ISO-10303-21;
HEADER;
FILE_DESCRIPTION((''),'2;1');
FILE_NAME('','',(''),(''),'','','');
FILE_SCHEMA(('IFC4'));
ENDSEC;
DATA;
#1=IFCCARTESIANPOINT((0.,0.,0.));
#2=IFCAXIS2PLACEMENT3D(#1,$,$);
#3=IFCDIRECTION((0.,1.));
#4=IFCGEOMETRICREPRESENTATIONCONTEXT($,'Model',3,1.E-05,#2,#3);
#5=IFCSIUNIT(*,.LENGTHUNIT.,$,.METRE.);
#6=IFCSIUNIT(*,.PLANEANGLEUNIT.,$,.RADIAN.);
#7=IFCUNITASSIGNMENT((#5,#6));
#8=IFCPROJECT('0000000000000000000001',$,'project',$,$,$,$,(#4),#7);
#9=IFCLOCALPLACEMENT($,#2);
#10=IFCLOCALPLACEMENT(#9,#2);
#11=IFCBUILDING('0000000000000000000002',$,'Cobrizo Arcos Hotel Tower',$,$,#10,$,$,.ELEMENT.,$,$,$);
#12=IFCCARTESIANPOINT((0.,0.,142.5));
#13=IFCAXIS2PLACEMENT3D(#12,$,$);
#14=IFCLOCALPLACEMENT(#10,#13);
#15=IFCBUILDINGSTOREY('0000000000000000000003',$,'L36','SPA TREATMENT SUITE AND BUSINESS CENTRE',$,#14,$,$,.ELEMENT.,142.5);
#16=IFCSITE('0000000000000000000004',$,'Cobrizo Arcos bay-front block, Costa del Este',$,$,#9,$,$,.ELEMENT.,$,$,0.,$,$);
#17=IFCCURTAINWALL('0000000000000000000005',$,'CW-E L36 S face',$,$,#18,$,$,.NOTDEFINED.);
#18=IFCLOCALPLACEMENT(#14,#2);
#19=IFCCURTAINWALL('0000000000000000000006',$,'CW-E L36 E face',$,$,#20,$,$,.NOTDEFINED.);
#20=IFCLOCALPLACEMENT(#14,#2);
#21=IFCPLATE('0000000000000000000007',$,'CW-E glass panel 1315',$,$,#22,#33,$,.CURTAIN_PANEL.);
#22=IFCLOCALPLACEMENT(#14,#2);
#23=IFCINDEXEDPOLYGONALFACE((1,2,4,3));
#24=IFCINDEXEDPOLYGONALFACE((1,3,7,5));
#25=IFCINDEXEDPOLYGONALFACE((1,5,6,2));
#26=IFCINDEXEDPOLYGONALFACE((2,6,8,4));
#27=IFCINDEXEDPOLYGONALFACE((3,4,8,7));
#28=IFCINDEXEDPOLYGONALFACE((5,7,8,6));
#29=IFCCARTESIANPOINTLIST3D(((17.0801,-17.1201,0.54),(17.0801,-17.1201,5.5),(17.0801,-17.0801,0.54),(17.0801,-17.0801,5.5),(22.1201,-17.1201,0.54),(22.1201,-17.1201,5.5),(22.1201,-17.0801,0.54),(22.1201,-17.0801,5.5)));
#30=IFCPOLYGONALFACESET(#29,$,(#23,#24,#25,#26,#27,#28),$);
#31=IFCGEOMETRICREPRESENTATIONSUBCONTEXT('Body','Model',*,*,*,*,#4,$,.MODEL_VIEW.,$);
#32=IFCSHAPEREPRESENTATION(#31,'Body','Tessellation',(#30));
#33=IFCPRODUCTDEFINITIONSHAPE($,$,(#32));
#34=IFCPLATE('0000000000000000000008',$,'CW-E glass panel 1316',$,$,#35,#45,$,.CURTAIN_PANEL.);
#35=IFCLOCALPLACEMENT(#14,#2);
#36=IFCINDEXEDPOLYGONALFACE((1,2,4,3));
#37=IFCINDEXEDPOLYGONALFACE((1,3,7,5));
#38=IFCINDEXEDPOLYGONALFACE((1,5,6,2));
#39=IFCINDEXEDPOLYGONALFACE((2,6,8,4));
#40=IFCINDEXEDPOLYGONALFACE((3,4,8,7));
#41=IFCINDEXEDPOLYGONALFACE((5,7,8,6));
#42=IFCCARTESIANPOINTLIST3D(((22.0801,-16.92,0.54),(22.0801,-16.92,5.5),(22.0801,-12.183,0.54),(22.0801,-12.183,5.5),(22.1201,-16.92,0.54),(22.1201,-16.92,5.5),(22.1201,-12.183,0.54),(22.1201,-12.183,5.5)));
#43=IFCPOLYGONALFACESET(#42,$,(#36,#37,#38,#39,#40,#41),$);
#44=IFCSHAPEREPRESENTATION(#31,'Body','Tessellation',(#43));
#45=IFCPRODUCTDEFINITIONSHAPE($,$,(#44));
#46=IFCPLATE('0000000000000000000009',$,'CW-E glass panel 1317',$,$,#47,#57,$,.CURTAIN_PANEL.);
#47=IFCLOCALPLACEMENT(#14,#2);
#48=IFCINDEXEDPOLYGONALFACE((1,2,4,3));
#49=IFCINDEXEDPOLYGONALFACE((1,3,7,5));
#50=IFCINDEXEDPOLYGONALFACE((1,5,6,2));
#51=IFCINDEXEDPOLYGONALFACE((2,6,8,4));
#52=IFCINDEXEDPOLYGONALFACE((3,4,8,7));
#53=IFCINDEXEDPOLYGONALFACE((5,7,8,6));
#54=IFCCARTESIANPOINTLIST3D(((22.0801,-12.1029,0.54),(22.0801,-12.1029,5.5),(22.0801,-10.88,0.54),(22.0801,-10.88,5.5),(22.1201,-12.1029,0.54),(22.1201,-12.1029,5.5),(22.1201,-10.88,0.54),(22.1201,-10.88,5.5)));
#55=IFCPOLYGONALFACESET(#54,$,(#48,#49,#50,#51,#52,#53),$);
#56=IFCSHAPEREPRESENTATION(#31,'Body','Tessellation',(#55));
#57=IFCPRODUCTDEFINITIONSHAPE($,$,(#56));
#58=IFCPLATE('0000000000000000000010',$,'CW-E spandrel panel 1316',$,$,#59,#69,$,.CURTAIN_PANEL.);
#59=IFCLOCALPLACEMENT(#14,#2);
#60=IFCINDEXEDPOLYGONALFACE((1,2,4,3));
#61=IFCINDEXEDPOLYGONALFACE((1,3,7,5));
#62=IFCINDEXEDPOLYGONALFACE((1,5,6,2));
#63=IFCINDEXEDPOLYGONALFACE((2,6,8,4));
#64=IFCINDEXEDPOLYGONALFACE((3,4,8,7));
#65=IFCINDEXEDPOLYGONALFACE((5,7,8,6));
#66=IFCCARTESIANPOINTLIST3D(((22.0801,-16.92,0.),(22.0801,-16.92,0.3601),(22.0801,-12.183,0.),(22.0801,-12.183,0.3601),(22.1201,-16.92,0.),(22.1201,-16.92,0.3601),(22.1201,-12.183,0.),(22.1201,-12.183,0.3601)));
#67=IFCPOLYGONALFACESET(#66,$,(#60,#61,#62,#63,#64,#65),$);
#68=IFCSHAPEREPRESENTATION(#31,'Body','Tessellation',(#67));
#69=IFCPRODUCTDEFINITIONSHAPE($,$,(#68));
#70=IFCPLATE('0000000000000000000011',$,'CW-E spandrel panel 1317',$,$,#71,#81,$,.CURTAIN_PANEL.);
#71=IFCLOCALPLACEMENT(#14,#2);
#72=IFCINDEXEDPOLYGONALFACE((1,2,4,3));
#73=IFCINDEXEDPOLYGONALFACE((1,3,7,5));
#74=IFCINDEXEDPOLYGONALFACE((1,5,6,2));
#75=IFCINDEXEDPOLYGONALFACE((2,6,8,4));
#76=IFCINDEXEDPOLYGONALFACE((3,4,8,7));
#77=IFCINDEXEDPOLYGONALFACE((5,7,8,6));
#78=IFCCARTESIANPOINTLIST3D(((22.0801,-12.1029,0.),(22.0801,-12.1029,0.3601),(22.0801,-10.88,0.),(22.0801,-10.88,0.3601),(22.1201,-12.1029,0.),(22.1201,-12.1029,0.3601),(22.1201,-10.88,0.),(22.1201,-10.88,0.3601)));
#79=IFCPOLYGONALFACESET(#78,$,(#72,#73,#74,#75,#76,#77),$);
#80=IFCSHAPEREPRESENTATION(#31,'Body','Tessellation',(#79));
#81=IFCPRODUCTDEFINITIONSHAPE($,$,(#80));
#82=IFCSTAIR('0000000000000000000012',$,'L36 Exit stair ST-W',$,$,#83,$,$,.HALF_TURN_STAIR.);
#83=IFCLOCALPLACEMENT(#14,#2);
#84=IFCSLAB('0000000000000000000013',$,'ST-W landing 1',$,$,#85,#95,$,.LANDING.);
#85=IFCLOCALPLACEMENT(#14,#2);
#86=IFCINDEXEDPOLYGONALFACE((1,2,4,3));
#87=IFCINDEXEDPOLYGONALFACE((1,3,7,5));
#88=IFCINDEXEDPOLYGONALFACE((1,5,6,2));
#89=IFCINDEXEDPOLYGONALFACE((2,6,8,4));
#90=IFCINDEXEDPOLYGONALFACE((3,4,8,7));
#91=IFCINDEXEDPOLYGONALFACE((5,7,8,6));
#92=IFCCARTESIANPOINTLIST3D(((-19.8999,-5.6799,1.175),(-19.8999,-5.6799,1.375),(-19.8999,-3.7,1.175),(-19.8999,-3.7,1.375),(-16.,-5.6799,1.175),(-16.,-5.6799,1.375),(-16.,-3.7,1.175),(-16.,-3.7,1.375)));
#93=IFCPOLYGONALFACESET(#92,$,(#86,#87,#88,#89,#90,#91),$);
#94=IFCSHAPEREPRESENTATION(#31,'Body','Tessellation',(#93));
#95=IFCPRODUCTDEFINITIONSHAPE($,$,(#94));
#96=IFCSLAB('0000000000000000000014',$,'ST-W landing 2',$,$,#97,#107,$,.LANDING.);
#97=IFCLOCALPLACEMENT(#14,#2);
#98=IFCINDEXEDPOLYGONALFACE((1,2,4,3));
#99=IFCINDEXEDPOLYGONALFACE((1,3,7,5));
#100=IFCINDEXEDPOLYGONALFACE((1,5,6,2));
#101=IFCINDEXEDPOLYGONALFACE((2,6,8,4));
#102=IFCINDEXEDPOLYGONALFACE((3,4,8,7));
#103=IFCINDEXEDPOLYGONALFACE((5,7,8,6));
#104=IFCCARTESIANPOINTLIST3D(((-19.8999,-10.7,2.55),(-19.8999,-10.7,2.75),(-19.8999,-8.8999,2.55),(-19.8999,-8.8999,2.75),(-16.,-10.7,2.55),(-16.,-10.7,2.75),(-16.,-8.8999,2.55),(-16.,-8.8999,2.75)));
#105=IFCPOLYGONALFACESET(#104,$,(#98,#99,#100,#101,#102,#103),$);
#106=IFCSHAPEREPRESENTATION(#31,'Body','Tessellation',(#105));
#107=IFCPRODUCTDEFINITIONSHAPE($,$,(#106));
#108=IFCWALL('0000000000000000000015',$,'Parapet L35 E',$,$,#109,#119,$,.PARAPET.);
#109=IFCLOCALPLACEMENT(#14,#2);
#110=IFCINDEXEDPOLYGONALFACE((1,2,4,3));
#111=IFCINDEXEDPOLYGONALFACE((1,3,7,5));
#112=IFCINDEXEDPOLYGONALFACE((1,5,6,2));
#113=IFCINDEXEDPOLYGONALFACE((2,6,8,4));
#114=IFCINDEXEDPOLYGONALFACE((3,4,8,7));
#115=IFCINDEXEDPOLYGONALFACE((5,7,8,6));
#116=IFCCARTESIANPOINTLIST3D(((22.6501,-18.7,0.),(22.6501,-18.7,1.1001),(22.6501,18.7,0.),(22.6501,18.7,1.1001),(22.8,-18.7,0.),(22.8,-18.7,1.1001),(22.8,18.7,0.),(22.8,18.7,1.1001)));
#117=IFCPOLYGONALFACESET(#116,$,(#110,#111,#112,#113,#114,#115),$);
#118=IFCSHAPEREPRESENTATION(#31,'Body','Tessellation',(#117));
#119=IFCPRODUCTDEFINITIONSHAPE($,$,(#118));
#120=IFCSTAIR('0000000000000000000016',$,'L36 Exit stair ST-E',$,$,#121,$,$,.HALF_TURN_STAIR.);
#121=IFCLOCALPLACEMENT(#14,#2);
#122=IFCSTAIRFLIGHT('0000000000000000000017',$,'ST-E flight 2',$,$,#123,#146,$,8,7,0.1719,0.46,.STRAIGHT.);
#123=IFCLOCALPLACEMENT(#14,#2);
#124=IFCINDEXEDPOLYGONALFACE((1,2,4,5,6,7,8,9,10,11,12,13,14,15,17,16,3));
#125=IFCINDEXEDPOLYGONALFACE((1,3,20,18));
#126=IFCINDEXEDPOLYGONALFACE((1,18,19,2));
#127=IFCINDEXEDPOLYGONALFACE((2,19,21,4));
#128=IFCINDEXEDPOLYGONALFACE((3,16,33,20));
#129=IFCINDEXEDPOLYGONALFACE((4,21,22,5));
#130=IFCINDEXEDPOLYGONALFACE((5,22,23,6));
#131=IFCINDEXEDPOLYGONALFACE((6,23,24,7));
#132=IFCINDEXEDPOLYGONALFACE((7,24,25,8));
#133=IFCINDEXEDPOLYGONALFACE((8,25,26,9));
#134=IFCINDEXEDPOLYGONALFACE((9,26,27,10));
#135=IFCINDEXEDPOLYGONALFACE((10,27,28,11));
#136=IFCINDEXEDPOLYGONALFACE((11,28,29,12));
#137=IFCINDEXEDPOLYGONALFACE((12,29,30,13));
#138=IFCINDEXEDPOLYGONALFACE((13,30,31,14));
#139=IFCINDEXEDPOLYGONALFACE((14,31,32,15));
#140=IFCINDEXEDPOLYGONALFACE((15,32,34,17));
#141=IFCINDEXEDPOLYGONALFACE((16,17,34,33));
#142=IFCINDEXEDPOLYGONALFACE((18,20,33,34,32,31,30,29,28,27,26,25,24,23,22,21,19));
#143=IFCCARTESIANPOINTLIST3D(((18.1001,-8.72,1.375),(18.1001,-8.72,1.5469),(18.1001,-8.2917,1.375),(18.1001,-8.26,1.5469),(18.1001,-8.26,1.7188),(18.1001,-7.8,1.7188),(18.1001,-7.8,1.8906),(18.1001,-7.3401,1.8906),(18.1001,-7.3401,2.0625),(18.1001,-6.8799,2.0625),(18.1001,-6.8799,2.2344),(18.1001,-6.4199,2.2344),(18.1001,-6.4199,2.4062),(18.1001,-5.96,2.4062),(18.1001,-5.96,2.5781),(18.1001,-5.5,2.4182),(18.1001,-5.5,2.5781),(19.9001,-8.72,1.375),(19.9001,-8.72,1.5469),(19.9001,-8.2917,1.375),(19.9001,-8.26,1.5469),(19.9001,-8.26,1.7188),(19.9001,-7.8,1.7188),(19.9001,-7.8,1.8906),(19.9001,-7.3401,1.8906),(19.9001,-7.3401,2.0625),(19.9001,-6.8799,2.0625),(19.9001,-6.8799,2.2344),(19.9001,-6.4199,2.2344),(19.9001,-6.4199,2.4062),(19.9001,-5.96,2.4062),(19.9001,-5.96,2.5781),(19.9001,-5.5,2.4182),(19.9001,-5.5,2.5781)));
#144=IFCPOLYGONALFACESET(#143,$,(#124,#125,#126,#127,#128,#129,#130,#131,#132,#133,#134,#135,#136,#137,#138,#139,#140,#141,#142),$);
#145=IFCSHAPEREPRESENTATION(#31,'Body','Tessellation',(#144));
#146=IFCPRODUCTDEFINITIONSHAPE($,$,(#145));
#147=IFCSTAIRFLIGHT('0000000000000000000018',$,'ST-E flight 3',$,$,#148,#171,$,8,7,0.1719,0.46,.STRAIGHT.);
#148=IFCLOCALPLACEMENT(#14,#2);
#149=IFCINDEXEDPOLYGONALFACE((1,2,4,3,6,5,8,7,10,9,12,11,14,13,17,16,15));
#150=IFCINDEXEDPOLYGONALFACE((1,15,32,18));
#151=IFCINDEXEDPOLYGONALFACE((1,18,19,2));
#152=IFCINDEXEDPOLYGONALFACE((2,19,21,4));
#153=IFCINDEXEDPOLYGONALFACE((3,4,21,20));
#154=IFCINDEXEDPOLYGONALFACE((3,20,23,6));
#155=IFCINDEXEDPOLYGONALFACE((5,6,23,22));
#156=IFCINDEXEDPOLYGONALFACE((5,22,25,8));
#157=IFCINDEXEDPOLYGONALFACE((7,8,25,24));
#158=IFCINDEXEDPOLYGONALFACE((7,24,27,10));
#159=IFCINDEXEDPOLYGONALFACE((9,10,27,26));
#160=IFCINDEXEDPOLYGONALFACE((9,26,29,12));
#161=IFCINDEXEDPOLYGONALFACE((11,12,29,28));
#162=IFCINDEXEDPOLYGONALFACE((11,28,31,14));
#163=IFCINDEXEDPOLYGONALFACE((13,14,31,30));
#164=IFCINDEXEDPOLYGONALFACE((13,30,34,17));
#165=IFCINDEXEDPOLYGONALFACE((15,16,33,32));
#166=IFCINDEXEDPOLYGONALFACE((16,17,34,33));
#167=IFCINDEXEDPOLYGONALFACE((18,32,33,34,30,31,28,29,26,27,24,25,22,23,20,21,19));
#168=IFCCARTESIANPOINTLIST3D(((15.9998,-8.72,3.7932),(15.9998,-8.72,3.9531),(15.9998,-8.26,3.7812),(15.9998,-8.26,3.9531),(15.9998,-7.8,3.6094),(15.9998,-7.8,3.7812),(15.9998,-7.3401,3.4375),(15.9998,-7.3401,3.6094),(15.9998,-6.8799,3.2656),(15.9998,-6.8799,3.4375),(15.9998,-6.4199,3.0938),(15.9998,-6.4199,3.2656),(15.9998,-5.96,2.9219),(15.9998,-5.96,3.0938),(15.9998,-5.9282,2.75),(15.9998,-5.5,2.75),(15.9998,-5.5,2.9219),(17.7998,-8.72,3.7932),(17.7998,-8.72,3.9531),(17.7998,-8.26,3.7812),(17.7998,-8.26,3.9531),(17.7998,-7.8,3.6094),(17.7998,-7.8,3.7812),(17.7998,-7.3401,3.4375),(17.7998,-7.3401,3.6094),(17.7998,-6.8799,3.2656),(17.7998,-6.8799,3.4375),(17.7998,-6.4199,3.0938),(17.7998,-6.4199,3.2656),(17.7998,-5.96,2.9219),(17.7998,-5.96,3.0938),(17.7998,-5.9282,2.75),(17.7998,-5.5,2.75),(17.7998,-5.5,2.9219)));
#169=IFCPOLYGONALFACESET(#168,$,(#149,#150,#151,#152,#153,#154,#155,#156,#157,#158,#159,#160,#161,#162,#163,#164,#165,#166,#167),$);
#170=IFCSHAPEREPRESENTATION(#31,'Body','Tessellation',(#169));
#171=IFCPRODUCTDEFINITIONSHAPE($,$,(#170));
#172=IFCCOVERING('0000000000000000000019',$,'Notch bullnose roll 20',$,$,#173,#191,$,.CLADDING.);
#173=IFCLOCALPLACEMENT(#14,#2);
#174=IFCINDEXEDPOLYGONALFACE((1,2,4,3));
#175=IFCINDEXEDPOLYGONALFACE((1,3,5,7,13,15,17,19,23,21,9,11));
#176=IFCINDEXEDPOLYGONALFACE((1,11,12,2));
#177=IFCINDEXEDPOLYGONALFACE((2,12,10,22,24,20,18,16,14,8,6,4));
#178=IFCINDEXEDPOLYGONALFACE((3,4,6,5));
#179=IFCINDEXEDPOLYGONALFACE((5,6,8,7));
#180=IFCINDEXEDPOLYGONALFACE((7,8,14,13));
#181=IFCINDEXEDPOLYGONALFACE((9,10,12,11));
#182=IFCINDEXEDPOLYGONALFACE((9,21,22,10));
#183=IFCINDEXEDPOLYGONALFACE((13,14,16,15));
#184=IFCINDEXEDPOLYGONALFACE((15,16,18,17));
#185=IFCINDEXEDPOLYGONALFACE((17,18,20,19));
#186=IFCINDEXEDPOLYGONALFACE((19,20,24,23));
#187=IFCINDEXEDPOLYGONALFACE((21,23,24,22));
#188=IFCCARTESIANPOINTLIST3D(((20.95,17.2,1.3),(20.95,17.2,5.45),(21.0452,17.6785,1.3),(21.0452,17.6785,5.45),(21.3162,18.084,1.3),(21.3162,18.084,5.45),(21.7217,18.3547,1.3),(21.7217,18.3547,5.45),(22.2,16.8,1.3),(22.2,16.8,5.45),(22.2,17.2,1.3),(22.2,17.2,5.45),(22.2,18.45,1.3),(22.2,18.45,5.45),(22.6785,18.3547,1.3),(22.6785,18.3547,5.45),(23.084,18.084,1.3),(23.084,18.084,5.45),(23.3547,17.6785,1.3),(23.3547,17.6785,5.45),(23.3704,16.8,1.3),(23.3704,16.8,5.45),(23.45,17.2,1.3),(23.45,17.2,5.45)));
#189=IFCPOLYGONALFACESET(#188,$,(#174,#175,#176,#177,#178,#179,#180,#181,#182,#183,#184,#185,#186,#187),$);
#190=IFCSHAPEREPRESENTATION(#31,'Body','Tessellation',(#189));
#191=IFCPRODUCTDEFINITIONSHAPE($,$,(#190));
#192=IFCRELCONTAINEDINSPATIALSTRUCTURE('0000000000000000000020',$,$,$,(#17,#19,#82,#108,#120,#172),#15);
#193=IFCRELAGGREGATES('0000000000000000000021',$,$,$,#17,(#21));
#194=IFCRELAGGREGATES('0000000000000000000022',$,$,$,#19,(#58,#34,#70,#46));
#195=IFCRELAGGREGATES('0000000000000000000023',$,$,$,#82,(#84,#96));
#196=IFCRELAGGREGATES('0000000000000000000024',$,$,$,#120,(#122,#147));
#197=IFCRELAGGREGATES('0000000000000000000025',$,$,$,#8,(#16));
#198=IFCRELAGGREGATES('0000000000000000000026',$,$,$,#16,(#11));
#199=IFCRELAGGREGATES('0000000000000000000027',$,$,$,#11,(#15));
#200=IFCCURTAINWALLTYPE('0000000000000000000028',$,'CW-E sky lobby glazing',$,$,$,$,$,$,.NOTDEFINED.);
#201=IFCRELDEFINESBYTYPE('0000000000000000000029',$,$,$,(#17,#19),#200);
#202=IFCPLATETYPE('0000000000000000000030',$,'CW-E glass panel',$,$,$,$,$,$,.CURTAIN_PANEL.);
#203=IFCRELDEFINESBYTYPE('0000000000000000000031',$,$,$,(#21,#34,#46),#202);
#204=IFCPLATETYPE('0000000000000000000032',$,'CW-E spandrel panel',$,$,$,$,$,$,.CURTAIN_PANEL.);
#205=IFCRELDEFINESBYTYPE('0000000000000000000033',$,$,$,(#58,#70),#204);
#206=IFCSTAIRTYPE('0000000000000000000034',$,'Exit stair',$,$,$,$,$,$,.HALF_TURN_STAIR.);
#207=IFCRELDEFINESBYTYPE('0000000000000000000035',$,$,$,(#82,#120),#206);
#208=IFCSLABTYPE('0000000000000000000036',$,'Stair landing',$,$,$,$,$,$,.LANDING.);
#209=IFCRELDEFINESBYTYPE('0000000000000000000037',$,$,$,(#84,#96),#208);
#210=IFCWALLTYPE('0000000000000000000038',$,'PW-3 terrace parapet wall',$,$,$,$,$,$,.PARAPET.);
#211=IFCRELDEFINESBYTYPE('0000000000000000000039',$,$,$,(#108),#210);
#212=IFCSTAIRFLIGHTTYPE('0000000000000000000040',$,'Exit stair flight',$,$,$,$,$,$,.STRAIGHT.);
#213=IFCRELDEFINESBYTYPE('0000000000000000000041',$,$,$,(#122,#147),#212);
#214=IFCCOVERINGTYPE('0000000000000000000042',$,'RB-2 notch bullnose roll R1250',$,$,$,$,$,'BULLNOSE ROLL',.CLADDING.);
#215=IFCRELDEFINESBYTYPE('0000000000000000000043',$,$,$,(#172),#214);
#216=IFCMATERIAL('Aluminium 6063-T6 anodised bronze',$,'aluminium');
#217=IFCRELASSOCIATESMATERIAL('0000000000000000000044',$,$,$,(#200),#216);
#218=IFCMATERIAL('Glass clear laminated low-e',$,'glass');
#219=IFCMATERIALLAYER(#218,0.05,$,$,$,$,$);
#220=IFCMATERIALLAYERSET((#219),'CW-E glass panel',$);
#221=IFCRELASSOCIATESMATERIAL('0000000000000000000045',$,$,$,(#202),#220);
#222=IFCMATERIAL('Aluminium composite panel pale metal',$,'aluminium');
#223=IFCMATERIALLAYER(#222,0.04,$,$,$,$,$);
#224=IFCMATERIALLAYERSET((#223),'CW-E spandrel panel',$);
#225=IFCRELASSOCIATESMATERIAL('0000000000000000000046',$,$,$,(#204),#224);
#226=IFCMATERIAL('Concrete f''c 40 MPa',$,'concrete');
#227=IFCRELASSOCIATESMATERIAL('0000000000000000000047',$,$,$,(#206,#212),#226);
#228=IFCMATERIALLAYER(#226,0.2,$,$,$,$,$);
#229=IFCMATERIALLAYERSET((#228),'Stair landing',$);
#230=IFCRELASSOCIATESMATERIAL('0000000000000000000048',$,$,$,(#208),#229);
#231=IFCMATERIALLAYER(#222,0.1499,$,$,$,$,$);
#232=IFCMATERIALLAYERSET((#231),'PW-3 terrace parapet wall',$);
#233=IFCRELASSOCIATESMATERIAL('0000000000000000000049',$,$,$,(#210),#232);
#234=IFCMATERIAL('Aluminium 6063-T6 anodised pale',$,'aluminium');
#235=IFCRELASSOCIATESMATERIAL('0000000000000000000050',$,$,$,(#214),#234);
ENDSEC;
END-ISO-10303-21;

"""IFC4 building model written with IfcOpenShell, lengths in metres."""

from ifc_helpers import new_model, si_unit, direction, frame, frame_2d, origin, origin_2d, place, context, subcontext, project, spatial, polyline, rectangle, outline, extrude, material, layer, layer_set, type_object, element, aggregate, save


model = new_model("IFC4")

# Units and contexts
model_context = context("Model", 3, precision=1e-05, world=origin(), true_north=direction((0.0, 1.0)))
body_context = subcontext(model_context, "Body", "Model", "MODEL_VIEW")
ifc_project = project(units=[si_unit("LENGTHUNIT", "METRE"), si_unit("PLANEANGLEUNIT", "RADIAN")], contexts=[model_context])

# Site, building, storey
site_placement = place(None, origin())
site = spatial("IfcSite", under=ifc_project, at=site_placement, Name="Cobrizo Arcos bay-front block, Costa del Este", CompositionType="ELEMENT", RefElevation=0.0)
building_placement = place(site_placement, origin())
building = spatial("IfcBuilding", under=site, at=building_placement, Name="Cobrizo Arcos Hotel Tower", CompositionType="ELEMENT")
storey_placement = place(building_placement, frame((0.0, 0.0, 142.5)))
storey = spatial("IfcBuildingStorey", under=building, at=storey_placement, Name="L36", Description="SPA TREATMENT SUITE AND BUSINESS CENTRE", CompositionType="ELEMENT", Elevation=142.5)

# Curtain wall
ifc_material_1 = material(Name="Aluminium 6063-T6 anodised bronze", Category="aluminium")
curtain_wall_type = type_object("IfcCurtainWallType", Name="CW-E sky lobby glazing", PredefinedType="NOTDEFINED", material=ifc_material_1)
curtain_wall_1_placement = place(storey_placement, origin())
curtain_wall_1 = element("IfcCurtainWall", 1, at=curtain_wall_1_placement, inside=storey, type_object=curtain_wall_type, Name="CW-E L36 S face", PredefinedType="NOTDEFINED")

# Curtain wall
curtain_wall_2_placement = place(storey_placement, origin())
curtain_wall_2 = element("IfcCurtainWall", 2, at=curtain_wall_2_placement, inside=storey, type_object=curtain_wall_type, Name="CW-E L36 E face", PredefinedType="NOTDEFINED")

# Plates
ifc_material_2 = material(Name="Glass clear laminated low-e", Category="glass")
ifc_layer_1 = layer(ifc_material_2, 0.05)
ifc_layer_set_1 = layer_set([ifc_layer_1], Name="CW-E glass panel")
plate_type_1 = type_object("IfcPlateType", Name="CW-E glass panel", PredefinedType="CURTAIN_PANEL", material=ifc_layer_set_1)
plate_1_placement = place(storey_placement, frame((19.6001, -17.1001, 0.54), z_axis=(0.0, 0.0, 1.0), x_axis=(1.0, 0.0, 0.0)))
plate_1 = element("IfcPlate", 3, at=plate_1_placement, type_object=plate_type_1, Name="CW-E glass panel 1315", PredefinedType="CURTAIN_PANEL", context=body_context, shape_type="SweptSolid", body=[
    extrude(rectangle(XDim=5.04, YDim=0.04, at=origin_2d()), origin(), (0.0, 0.0, 1.0), 4.96),
])
aggregate(curtain_wall_1, [plate_1])
plate_2_placement = place(storey_placement, frame((22.1001, -14.5515, 0.54), z_axis=(0.0, 0.0, 1.0), x_axis=(0.0, 1.0, 0.0)))
plate_2 = element("IfcPlate", 4, at=plate_2_placement, type_object=plate_type_1, Name="CW-E glass panel 1316", PredefinedType="CURTAIN_PANEL", context=body_context, shape_type="SweptSolid", body=[
    extrude(rectangle(XDim=4.7371, YDim=0.04, at=origin_2d()), origin(), (0.0, 0.0, 1.0), 4.96),
])
plate_3_placement = place(storey_placement, frame((22.1001, -11.4915, 0.54), z_axis=(0.0, 0.0, 1.0), x_axis=(0.0, 1.0, 0.0)))
plate_3 = element("IfcPlate", 5, at=plate_3_placement, type_object=plate_type_1, Name="CW-E glass panel 1317", PredefinedType="CURTAIN_PANEL", context=body_context, shape_type="SweptSolid", body=[
    extrude(rectangle(XDim=1.2229, YDim=0.04, at=origin_2d()), origin(), (0.0, 0.0, 1.0), 4.96),
])
ifc_material_3 = material(Name="Aluminium composite panel pale metal", Category="aluminium")
ifc_layer_2 = layer(ifc_material_3, 0.04)
ifc_layer_set_2 = layer_set([ifc_layer_2], Name="CW-E spandrel panel")
plate_type_2 = type_object("IfcPlateType", Name="CW-E spandrel panel", PredefinedType="CURTAIN_PANEL", material=ifc_layer_set_2)
plate_4_placement = place(storey_placement, frame((22.1001, -14.5515, 0.0), z_axis=(0.0, 0.0, 1.0), x_axis=(0.0, 1.0, 0.0)))
plate_4 = element("IfcPlate", 6, at=plate_4_placement, type_object=plate_type_2, Name="CW-E spandrel panel 1316", PredefinedType="CURTAIN_PANEL", context=body_context, shape_type="SweptSolid", body=[
    extrude(rectangle(XDim=4.7371, YDim=0.04, at=origin_2d()), origin(), (0.0, 0.0, 1.0), 0.3601),
])
plate_5_placement = place(storey_placement, frame((22.1001, -11.4915, 0.0), z_axis=(0.0, 0.0, 1.0), x_axis=(0.0, 1.0, 0.0)))
plate_5 = element("IfcPlate", 7, at=plate_5_placement, type_object=plate_type_2, Name="CW-E spandrel panel 1317", PredefinedType="CURTAIN_PANEL", context=body_context, shape_type="SweptSolid", body=[
    extrude(rectangle(XDim=1.2229, YDim=0.04, at=origin_2d()), origin(), (0.0, 0.0, 1.0), 0.3601),
])
aggregate(curtain_wall_2, [plate_4, plate_2, plate_5, plate_3])

# Stair, slabs
ifc_material_4 = material(Name="Concrete f'c 40 MPa", Category="concrete")
stair_type = type_object("IfcStairType", Name="Exit stair", PredefinedType="HALF_TURN_STAIR", material=ifc_material_4)
stair_1_placement = place(storey_placement, origin())
stair_1 = element("IfcStair", 8, at=stair_1_placement, inside=storey, type_object=stair_type, Name="L36 Exit stair ST-W", PredefinedType="HALF_TURN_STAIR")
ifc_layer_3 = layer(ifc_material_4, 0.2)
ifc_layer_set_3 = layer_set([ifc_layer_3], Name="Stair landing")
slab_type = type_object("IfcSlabType", Name="Stair landing", PredefinedType="LANDING", material=ifc_layer_set_3)
slab_1_placement = place(storey_placement, frame((0.0, 0.0, 1.175)))
slab_1 = element("IfcSlab", 9, at=slab_1_placement, type_object=slab_type, Name="ST-W landing 1", PredefinedType="LANDING", context=body_context, shape_type="SweptSolid", body=[
    extrude(outline(polyline([(-16.0, -5.6799), (-16.0, -3.7), (-19.8999, -3.7), (-19.8999, -5.6799), (-16.0, -5.6799)])), origin(), (0.0, 0.0, 1.0), 0.2),
])
slab_2_placement = place(storey_placement, frame((0.0, 0.0, 2.55)))
slab_2 = element("IfcSlab", 10, at=slab_2_placement, type_object=slab_type, Name="ST-W landing 2", PredefinedType="LANDING", context=body_context, shape_type="SweptSolid", body=[
    extrude(outline(polyline([(-16.0, -10.7), (-16.0, -8.8999), (-19.8999, -8.8999), (-19.8999, -10.7), (-16.0, -10.7)])), origin(), (0.0, 0.0, 1.0), 0.2),
])
aggregate(stair_1, [slab_1, slab_2])

# Wall
ifc_layer_4 = layer(ifc_material_3, 0.1499)
ifc_layer_set_4 = layer_set([ifc_layer_4], Name="PW-3 terrace parapet wall")
wall_type = type_object("IfcWallType", Name="PW-3 terrace parapet wall", PredefinedType="PARAPET", material=ifc_layer_set_4)
wall_placement = place(storey_placement, frame((22.7251, -18.7, 0.0), z_axis=(0.0, 0.0, 1.0), x_axis=(0.0, 1.0, 0.0)))
element("IfcWall", 11, at=wall_placement, inside=storey, type_object=wall_type, Name="Parapet L35 E", PredefinedType="PARAPET", context=body_context, shape_type="SweptSolid", body=[
    extrude(rectangle(XDim=37.3999, YDim=0.1499, at=frame_2d((18.7, 0.0))), origin(), (0.0, 0.0, 1.0), 1.1001),
])

# Stair, stair flights
stair_2_placement = place(storey_placement, origin())
stair_2 = element("IfcStair", 12, at=stair_2_placement, inside=storey, type_object=stair_type, Name="L36 Exit stair ST-E", PredefinedType="HALF_TURN_STAIR")
stair_flight_type = type_object("IfcStairFlightType", Name="Exit stair flight", PredefinedType="STRAIGHT", material=ifc_material_4)
stair_flight_1_placement = place(storey_placement, frame((19.0, -8.72, 1.375), z_axis=(0.0, 0.0, 1.0), x_axis=(0.0, 1.0, 0.0)))
stair_flight_1 = element("IfcStairFlight", 13, at=stair_flight_1_placement, type_object=stair_flight_type, Name="ST-E flight 2", NumberOfRisers=8, NumberOfTreads=7, PredefinedType="STRAIGHT", RiserHeight=0.1719, TreadLength=0.46, context=body_context, shape_type="SweptSolid", body=[
    extrude(outline(polyline([(0.0, 0.0), (0.0, 0.1719), (0.46, 0.1719), (0.46, 0.3438), (0.9199, 0.3438), (0.9199, 0.5156), (1.3799, 0.5156), (1.3799, 0.6875), (1.8401, 0.6875), (1.8401, 0.8594), (2.3, 0.8594), (2.3, 1.0312), (2.76, 1.0312), (2.76, 1.2031), (3.22, 1.2031), (3.22, 1.375), (3.22, 1.0432), (0.4282, 0.0), (0.0, 0.0)])), frame((0.0, 0.8999, 0.0), z_axis=(0.0, -1.0, 0.0), x_axis=(1.0, 0.0, 0.0)), (0.0, 0.0, 1.0), 1.8),
])
stair_flight_2_placement = place(storey_placement, frame((16.8999, -5.5, 2.75), z_axis=(0.0, 0.0, 1.0), x_axis=(0.0, -1.0, 0.0)))
stair_flight_2 = element("IfcStairFlight", 14, at=stair_flight_2_placement, type_object=stair_flight_type, Name="ST-E flight 3", NumberOfRisers=8, NumberOfTreads=7, PredefinedType="STRAIGHT", RiserHeight=0.1719, TreadLength=0.46, context=body_context, shape_type="SweptSolid", body=[
    extrude(outline(polyline([(0.0, 0.0), (0.0, 0.1719), (0.46, 0.1719), (0.46, 0.3438), (0.9199, 0.3438), (0.9199, 0.5156), (1.3799, 0.5156), (1.3799, 0.6875), (1.8401, 0.6875), (1.8401, 0.8594), (2.3, 0.8594), (2.3, 1.0312), (2.76, 1.0312), (2.76, 1.2031), (3.22, 1.2031), (3.22, 1.375), (3.22, 1.0432), (0.4282, 0.0), (0.0, 0.0)])), frame((0.0, 0.8999, 0.0), z_axis=(0.0, -1.0, 0.0), x_axis=(1.0, 0.0, 0.0)), (0.0, 0.0, 1.0), 1.8),
])
aggregate(stair_2, [stair_flight_1, stair_flight_2])

# Covering
ifc_material_5 = material(Name="Aluminium 6063-T6 anodised pale", Category="aluminium")
covering_type = type_object("IfcCoveringType", Name="RB-2 notch bullnose roll R1250", ElementType="BULLNOSE ROLL", PredefinedType="CLADDING", material=ifc_material_5)
covering_1_placement = place(storey_placement, frame((0.0, 0.0, 1.3)))
element("IfcCovering", 15, at=covering_1_placement, inside=storey, type_object=covering_type, Name="Notch bullnose roll 20", PredefinedType="CLADDING", context=body_context, shape_type="SweptSolid", body=[
    extrude(outline(polyline([(21.3162, 18.084), (21.0452, 17.6785), (20.95, 17.2), (22.2, 17.2), (22.2, 16.8), (23.3704, 16.8), (23.45, 17.2), (23.3547, 17.6785), (23.084, 18.084), (22.6785, 18.3547), (22.2, 18.45), (21.7217, 18.3547), (21.3162, 18.084)])), origin(), (0.0, 0.0, 1.0), 4.1499),
])

save(model, "model.ifc")
